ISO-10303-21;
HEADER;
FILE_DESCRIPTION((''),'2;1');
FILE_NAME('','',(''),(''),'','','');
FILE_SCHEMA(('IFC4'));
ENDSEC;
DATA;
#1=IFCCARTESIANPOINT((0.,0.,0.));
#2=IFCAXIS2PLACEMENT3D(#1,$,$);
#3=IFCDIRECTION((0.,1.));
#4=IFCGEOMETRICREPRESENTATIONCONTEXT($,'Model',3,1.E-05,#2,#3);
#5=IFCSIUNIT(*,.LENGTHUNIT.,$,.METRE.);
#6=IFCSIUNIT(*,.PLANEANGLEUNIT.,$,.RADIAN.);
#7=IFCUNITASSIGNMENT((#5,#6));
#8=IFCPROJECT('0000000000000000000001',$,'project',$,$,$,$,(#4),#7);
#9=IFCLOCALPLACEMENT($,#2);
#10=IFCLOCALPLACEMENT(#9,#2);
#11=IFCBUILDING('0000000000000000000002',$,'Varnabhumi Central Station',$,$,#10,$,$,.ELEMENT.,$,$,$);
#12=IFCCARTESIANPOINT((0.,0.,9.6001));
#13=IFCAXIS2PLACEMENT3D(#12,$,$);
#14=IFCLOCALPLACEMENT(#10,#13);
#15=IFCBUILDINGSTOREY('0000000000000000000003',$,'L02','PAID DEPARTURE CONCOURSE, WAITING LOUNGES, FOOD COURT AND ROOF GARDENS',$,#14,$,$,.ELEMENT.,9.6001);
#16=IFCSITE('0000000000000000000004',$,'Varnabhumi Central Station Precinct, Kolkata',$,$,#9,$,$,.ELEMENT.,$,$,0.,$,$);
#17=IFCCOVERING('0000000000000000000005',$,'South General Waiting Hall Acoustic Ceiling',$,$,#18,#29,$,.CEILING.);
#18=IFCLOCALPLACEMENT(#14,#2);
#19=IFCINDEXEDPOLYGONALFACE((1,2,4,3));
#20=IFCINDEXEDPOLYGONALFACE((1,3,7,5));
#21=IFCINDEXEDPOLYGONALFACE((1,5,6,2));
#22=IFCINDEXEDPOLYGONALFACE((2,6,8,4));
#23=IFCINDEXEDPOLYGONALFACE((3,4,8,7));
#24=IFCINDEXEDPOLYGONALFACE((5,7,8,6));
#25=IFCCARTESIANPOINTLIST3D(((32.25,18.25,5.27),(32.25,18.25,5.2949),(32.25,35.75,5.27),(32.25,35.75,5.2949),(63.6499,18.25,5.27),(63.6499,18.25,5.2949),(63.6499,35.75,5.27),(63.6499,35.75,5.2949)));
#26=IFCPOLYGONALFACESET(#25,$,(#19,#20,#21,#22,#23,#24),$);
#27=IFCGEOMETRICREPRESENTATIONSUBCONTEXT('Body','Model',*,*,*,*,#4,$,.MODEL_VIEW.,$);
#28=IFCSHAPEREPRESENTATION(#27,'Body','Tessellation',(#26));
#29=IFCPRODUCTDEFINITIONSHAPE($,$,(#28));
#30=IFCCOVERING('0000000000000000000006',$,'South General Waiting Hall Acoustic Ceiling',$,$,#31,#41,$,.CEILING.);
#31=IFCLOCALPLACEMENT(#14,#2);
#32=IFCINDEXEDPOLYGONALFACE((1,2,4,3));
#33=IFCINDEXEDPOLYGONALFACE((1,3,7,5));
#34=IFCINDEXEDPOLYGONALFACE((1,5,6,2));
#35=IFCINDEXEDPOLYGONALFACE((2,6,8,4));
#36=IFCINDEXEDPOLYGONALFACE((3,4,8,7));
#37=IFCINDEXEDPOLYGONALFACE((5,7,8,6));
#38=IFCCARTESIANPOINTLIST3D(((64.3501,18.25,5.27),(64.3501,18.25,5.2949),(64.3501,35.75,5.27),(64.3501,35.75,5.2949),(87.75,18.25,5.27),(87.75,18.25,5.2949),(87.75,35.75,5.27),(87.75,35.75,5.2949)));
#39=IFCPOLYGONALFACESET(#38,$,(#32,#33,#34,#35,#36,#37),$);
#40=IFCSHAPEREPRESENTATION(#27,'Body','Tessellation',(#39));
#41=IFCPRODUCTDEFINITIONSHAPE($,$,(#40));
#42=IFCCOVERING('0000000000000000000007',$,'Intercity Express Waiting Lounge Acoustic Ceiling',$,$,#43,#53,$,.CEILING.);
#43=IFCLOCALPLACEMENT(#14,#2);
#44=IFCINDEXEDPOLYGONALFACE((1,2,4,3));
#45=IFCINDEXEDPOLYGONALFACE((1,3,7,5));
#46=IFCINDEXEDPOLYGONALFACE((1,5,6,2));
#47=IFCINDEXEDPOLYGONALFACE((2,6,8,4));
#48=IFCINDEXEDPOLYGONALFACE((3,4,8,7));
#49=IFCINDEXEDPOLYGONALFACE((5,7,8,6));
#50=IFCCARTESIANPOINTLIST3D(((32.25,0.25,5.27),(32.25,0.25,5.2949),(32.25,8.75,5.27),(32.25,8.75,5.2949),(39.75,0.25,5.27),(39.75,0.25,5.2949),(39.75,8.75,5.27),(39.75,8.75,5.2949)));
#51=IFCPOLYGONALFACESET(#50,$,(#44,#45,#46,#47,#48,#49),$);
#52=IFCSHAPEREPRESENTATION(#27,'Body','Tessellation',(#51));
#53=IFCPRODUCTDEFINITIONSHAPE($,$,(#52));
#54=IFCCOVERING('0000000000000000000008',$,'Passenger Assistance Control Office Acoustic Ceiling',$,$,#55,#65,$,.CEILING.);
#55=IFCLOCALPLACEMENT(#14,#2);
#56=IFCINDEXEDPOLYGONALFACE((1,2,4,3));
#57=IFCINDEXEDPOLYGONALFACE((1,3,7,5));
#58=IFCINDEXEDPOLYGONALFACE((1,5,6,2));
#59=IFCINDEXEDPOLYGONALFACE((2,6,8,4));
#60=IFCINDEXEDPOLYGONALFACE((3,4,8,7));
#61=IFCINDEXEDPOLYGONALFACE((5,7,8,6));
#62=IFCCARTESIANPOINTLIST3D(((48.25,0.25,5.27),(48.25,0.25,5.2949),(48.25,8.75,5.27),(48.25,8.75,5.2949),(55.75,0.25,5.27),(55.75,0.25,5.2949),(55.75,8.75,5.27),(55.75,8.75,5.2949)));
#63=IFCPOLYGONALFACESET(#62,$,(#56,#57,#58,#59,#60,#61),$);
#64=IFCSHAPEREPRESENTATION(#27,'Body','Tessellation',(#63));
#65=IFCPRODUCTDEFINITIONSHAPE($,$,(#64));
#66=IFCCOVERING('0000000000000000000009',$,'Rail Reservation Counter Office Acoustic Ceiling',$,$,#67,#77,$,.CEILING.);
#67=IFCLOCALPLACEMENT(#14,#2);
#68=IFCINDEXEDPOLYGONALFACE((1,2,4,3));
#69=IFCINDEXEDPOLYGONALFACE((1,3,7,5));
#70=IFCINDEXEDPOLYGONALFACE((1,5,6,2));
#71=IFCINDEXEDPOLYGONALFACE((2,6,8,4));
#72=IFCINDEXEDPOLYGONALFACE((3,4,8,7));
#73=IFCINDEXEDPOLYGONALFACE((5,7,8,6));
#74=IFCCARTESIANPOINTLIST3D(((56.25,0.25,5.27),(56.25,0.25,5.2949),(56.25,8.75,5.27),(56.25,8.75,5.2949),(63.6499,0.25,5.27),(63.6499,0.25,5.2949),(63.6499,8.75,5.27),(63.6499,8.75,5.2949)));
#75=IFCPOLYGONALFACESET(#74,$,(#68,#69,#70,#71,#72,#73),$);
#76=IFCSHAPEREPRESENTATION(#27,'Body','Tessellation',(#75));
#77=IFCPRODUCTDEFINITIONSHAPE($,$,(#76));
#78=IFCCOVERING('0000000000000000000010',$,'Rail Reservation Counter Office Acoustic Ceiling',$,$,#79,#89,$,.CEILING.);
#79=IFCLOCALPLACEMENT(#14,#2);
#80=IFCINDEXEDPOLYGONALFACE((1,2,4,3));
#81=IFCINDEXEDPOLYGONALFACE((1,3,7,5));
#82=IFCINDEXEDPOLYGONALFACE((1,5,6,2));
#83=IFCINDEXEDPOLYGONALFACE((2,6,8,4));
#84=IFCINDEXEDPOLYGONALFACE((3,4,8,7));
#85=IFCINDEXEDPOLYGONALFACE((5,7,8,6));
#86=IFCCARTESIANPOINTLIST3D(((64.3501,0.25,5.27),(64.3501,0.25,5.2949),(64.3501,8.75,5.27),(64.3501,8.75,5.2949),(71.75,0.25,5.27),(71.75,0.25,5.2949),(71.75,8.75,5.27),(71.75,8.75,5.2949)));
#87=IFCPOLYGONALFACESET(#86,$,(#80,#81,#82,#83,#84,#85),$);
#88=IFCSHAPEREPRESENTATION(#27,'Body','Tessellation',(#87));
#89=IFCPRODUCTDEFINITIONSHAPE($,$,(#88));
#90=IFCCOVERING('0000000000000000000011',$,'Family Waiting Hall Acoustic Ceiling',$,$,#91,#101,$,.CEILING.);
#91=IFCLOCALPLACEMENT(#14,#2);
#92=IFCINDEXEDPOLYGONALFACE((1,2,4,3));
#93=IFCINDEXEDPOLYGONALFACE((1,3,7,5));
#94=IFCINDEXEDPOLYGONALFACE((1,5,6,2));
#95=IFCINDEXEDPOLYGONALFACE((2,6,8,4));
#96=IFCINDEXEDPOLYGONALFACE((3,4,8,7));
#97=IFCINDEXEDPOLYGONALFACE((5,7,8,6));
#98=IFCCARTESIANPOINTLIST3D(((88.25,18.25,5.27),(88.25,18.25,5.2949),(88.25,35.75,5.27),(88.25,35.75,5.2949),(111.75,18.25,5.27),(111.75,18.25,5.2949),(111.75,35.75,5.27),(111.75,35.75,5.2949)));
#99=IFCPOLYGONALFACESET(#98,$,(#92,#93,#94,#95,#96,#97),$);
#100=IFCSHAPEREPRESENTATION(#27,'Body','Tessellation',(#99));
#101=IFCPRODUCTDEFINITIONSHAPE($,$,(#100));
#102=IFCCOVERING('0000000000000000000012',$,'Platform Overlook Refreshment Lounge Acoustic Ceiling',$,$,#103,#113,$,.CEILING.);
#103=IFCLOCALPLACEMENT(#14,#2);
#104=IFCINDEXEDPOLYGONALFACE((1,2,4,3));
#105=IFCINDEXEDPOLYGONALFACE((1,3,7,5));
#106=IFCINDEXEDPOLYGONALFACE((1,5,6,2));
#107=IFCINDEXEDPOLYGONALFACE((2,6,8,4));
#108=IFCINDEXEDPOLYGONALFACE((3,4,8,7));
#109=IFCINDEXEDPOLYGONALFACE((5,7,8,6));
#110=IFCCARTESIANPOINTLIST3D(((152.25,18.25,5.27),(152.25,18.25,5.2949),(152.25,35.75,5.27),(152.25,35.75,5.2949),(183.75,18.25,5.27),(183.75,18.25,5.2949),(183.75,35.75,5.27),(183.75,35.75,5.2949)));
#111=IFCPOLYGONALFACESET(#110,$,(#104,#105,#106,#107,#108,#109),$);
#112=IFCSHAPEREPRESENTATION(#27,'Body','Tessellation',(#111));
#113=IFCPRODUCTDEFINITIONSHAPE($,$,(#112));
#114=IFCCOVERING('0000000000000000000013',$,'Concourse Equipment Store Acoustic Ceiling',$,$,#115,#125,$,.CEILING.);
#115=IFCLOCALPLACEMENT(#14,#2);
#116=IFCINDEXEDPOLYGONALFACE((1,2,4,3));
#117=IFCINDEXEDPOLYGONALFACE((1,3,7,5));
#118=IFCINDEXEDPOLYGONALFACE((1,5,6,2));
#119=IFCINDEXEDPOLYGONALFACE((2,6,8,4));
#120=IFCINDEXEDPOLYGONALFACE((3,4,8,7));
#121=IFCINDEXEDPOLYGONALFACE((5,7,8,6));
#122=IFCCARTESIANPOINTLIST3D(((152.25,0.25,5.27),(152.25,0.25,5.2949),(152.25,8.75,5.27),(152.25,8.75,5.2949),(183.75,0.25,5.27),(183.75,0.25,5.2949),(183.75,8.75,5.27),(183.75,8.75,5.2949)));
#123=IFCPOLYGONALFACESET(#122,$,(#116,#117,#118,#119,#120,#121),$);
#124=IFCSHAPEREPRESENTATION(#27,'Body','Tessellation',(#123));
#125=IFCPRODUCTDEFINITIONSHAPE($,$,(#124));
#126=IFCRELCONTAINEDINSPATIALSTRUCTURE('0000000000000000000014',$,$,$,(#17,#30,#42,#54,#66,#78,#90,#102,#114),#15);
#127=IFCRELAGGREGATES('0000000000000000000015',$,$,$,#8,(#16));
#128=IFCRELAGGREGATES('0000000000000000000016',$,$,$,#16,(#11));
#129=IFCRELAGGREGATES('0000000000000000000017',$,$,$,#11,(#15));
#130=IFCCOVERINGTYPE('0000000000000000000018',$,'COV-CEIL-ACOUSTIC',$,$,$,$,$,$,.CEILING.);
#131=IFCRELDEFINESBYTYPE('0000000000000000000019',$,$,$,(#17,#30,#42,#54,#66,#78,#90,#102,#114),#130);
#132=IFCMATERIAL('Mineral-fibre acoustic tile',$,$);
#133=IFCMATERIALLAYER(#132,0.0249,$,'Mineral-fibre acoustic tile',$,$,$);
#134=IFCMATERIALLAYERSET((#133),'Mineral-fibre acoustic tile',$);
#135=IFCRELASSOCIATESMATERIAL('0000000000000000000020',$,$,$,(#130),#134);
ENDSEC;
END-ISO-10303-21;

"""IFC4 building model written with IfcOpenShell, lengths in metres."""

from ifc_helpers import new_model, si_unit, direction, frame, origin, place, context, subcontext, project, spatial, polyline, outline, extrude, material, layer, layer_set, type_object, element, save


model = new_model("IFC4")

# Units and contexts
model_context = context("Model", 3, precision=1e-05, world=origin(), true_north=direction((0.0, 1.0)))
body_context = subcontext(model_context, "Body", "Model", "MODEL_VIEW")
ifc_project = project(units=[si_unit("LENGTHUNIT", "METRE"), si_unit("PLANEANGLEUNIT", "RADIAN")], contexts=[model_context])

# Site, building, storey
site_placement = place(None, origin())
site = spatial("IfcSite", under=ifc_project, at=site_placement, Name="Varnabhumi Central Station Precinct, Kolkata", CompositionType="ELEMENT", RefElevation=0.0)
building_placement = place(site_placement, origin())
building = spatial("IfcBuilding", under=site, at=building_placement, Name="Varnabhumi Central Station", CompositionType="ELEMENT")
storey_placement = place(building_placement, frame((0.0, 0.0, 9.6001)))
storey = spatial("IfcBuildingStorey", under=building, at=storey_placement, Name="L02", Description="PAID DEPARTURE CONCOURSE, WAITING LOUNGES, FOOD COURT AND ROOF GARDENS", CompositionType="ELEMENT", Elevation=9.6001)

# Coverings
ifc_material_1 = material(Name="Mineral-fibre acoustic tile")
ifc_layer_1 = layer(ifc_material_1, 0.0249, Name="Mineral-fibre acoustic tile")
ifc_layer_set_1 = layer_set([ifc_layer_1], Name="Mineral-fibre acoustic tile")
covering_type = type_object("IfcCoveringType", Name="COV-CEIL-ACOUSTIC", PredefinedType="CEILING", material=ifc_layer_set_1)
covering_1_placement = place(storey_placement, frame((0.0, 0.0, 5.27)))
element("IfcCovering", 1, at=covering_1_placement, inside=storey, type_object=covering_type, Name="South General Waiting Hall Acoustic Ceiling", PredefinedType="CEILING", context=body_context, shape_type="SweptSolid", body=[
    extrude(outline(polyline([(32.25, 18.25), (63.6499, 18.25), (63.6499, 35.75), (32.25, 35.75), (32.25, 18.25)])), origin(), (0.0, 0.0, 1.0), 0.0249),
])
covering_2_placement = place(storey_placement, frame((0.0, 0.0, 5.27)))
element("IfcCovering", 2, at=covering_2_placement, inside=storey, type_object=covering_type, Name="South General Waiting Hall Acoustic Ceiling", PredefinedType="CEILING", context=body_context, shape_type="SweptSolid", body=[
    extrude(outline(polyline([(64.3501, 18.25), (87.75, 18.25), (87.75, 35.75), (64.3501, 35.75), (64.3501, 18.25)])), origin(), (0.0, 0.0, 1.0), 0.0249),
])
covering_3_placement = place(storey_placement, frame((0.0, 0.0, 5.27)))
element("IfcCovering", 3, at=covering_3_placement, inside=storey, type_object=covering_type, Name="Intercity Express Waiting Lounge Acoustic Ceiling", PredefinedType="CEILING", context=body_context, shape_type="SweptSolid", body=[
    extrude(outline(polyline([(32.25, 0.25), (39.75, 0.25), (39.75, 8.75), (32.25, 8.75), (32.25, 0.25)])), origin(), (0.0, 0.0, 1.0), 0.0249),
])
covering_4_placement = place(storey_placement, frame((0.0, 0.0, 5.27)))
element("IfcCovering", 4, at=covering_4_placement, inside=storey, type_object=covering_type, Name="Passenger Assistance Control Office Acoustic Ceiling", PredefinedType="CEILING", context=body_context, shape_type="SweptSolid", body=[
    extrude(outline(polyline([(48.25, 0.25), (55.75, 0.25), (55.75, 8.75), (48.25, 8.75), (48.25, 0.25)])), origin(), (0.0, 0.0, 1.0), 0.0249),
])
covering_5_placement = place(storey_placement, frame((0.0, 0.0, 5.27)))
element("IfcCovering", 5, at=covering_5_placement, inside=storey, type_object=covering_type, Name="Rail Reservation Counter Office Acoustic Ceiling", PredefinedType="CEILING", context=body_context, shape_type="SweptSolid", body=[
    extrude(outline(polyline([(56.25, 0.25), (63.6499, 0.25), (63.6499, 8.75), (56.25, 8.75), (56.25, 0.25)])), origin(), (0.0, 0.0, 1.0), 0.0249),
])
covering_6_placement = place(storey_placement, frame((0.0, 0.0, 5.27)))
element("IfcCovering", 6, at=covering_6_placement, inside=storey, type_object=covering_type, Name="Rail Reservation Counter Office Acoustic Ceiling", PredefinedType="CEILING", context=body_context, shape_type="SweptSolid", body=[
    extrude(outline(polyline([(64.3501, 0.25), (71.75, 0.25), (71.75, 8.75), (64.3501, 8.75), (64.3501, 0.25)])), origin(), (0.0, 0.0, 1.0), 0.0249),
])
covering_7_placement = place(storey_placement, frame((0.0, 0.0, 5.27)))
element("IfcCovering", 7, at=covering_7_placement, inside=storey, type_object=covering_type, Name="Family Waiting Hall Acoustic Ceiling", PredefinedType="CEILING", context=body_context, shape_type="SweptSolid", body=[
    extrude(outline(polyline([(88.25, 18.25), (111.75, 18.25), (111.75, 35.75), (88.25, 35.75), (88.25, 18.25)])), origin(), (0.0, 0.0, 1.0), 0.0249),
])
covering_8_placement = place(storey_placement, frame((0.0, 0.0, 5.27)))
element("IfcCovering", 8, at=covering_8_placement, inside=storey, type_object=covering_type, Name="Platform Overlook Refreshment Lounge Acoustic Ceiling", PredefinedType="CEILING", context=body_context, shape_type="SweptSolid", body=[
    extrude(outline(polyline([(152.25, 18.25), (183.75, 18.25), (183.75, 35.75), (152.25, 35.75), (152.25, 18.25)])), origin(), (0.0, 0.0, 1.0), 0.0249),
])
covering_9_placement = place(storey_placement, frame((0.0, 0.0, 5.27)))
element("IfcCovering", 9, at=covering_9_placement, inside=storey, type_object=covering_type, Name="Concourse Equipment Store Acoustic Ceiling", PredefinedType="CEILING", context=body_context, shape_type="SweptSolid", body=[
    extrude(outline(polyline([(152.25, 0.25), (183.75, 0.25), (183.75, 8.75), (152.25, 8.75), (152.25, 0.25)])), origin(), (0.0, 0.0, 1.0), 0.0249),
])

save(model, "model.ifc")
